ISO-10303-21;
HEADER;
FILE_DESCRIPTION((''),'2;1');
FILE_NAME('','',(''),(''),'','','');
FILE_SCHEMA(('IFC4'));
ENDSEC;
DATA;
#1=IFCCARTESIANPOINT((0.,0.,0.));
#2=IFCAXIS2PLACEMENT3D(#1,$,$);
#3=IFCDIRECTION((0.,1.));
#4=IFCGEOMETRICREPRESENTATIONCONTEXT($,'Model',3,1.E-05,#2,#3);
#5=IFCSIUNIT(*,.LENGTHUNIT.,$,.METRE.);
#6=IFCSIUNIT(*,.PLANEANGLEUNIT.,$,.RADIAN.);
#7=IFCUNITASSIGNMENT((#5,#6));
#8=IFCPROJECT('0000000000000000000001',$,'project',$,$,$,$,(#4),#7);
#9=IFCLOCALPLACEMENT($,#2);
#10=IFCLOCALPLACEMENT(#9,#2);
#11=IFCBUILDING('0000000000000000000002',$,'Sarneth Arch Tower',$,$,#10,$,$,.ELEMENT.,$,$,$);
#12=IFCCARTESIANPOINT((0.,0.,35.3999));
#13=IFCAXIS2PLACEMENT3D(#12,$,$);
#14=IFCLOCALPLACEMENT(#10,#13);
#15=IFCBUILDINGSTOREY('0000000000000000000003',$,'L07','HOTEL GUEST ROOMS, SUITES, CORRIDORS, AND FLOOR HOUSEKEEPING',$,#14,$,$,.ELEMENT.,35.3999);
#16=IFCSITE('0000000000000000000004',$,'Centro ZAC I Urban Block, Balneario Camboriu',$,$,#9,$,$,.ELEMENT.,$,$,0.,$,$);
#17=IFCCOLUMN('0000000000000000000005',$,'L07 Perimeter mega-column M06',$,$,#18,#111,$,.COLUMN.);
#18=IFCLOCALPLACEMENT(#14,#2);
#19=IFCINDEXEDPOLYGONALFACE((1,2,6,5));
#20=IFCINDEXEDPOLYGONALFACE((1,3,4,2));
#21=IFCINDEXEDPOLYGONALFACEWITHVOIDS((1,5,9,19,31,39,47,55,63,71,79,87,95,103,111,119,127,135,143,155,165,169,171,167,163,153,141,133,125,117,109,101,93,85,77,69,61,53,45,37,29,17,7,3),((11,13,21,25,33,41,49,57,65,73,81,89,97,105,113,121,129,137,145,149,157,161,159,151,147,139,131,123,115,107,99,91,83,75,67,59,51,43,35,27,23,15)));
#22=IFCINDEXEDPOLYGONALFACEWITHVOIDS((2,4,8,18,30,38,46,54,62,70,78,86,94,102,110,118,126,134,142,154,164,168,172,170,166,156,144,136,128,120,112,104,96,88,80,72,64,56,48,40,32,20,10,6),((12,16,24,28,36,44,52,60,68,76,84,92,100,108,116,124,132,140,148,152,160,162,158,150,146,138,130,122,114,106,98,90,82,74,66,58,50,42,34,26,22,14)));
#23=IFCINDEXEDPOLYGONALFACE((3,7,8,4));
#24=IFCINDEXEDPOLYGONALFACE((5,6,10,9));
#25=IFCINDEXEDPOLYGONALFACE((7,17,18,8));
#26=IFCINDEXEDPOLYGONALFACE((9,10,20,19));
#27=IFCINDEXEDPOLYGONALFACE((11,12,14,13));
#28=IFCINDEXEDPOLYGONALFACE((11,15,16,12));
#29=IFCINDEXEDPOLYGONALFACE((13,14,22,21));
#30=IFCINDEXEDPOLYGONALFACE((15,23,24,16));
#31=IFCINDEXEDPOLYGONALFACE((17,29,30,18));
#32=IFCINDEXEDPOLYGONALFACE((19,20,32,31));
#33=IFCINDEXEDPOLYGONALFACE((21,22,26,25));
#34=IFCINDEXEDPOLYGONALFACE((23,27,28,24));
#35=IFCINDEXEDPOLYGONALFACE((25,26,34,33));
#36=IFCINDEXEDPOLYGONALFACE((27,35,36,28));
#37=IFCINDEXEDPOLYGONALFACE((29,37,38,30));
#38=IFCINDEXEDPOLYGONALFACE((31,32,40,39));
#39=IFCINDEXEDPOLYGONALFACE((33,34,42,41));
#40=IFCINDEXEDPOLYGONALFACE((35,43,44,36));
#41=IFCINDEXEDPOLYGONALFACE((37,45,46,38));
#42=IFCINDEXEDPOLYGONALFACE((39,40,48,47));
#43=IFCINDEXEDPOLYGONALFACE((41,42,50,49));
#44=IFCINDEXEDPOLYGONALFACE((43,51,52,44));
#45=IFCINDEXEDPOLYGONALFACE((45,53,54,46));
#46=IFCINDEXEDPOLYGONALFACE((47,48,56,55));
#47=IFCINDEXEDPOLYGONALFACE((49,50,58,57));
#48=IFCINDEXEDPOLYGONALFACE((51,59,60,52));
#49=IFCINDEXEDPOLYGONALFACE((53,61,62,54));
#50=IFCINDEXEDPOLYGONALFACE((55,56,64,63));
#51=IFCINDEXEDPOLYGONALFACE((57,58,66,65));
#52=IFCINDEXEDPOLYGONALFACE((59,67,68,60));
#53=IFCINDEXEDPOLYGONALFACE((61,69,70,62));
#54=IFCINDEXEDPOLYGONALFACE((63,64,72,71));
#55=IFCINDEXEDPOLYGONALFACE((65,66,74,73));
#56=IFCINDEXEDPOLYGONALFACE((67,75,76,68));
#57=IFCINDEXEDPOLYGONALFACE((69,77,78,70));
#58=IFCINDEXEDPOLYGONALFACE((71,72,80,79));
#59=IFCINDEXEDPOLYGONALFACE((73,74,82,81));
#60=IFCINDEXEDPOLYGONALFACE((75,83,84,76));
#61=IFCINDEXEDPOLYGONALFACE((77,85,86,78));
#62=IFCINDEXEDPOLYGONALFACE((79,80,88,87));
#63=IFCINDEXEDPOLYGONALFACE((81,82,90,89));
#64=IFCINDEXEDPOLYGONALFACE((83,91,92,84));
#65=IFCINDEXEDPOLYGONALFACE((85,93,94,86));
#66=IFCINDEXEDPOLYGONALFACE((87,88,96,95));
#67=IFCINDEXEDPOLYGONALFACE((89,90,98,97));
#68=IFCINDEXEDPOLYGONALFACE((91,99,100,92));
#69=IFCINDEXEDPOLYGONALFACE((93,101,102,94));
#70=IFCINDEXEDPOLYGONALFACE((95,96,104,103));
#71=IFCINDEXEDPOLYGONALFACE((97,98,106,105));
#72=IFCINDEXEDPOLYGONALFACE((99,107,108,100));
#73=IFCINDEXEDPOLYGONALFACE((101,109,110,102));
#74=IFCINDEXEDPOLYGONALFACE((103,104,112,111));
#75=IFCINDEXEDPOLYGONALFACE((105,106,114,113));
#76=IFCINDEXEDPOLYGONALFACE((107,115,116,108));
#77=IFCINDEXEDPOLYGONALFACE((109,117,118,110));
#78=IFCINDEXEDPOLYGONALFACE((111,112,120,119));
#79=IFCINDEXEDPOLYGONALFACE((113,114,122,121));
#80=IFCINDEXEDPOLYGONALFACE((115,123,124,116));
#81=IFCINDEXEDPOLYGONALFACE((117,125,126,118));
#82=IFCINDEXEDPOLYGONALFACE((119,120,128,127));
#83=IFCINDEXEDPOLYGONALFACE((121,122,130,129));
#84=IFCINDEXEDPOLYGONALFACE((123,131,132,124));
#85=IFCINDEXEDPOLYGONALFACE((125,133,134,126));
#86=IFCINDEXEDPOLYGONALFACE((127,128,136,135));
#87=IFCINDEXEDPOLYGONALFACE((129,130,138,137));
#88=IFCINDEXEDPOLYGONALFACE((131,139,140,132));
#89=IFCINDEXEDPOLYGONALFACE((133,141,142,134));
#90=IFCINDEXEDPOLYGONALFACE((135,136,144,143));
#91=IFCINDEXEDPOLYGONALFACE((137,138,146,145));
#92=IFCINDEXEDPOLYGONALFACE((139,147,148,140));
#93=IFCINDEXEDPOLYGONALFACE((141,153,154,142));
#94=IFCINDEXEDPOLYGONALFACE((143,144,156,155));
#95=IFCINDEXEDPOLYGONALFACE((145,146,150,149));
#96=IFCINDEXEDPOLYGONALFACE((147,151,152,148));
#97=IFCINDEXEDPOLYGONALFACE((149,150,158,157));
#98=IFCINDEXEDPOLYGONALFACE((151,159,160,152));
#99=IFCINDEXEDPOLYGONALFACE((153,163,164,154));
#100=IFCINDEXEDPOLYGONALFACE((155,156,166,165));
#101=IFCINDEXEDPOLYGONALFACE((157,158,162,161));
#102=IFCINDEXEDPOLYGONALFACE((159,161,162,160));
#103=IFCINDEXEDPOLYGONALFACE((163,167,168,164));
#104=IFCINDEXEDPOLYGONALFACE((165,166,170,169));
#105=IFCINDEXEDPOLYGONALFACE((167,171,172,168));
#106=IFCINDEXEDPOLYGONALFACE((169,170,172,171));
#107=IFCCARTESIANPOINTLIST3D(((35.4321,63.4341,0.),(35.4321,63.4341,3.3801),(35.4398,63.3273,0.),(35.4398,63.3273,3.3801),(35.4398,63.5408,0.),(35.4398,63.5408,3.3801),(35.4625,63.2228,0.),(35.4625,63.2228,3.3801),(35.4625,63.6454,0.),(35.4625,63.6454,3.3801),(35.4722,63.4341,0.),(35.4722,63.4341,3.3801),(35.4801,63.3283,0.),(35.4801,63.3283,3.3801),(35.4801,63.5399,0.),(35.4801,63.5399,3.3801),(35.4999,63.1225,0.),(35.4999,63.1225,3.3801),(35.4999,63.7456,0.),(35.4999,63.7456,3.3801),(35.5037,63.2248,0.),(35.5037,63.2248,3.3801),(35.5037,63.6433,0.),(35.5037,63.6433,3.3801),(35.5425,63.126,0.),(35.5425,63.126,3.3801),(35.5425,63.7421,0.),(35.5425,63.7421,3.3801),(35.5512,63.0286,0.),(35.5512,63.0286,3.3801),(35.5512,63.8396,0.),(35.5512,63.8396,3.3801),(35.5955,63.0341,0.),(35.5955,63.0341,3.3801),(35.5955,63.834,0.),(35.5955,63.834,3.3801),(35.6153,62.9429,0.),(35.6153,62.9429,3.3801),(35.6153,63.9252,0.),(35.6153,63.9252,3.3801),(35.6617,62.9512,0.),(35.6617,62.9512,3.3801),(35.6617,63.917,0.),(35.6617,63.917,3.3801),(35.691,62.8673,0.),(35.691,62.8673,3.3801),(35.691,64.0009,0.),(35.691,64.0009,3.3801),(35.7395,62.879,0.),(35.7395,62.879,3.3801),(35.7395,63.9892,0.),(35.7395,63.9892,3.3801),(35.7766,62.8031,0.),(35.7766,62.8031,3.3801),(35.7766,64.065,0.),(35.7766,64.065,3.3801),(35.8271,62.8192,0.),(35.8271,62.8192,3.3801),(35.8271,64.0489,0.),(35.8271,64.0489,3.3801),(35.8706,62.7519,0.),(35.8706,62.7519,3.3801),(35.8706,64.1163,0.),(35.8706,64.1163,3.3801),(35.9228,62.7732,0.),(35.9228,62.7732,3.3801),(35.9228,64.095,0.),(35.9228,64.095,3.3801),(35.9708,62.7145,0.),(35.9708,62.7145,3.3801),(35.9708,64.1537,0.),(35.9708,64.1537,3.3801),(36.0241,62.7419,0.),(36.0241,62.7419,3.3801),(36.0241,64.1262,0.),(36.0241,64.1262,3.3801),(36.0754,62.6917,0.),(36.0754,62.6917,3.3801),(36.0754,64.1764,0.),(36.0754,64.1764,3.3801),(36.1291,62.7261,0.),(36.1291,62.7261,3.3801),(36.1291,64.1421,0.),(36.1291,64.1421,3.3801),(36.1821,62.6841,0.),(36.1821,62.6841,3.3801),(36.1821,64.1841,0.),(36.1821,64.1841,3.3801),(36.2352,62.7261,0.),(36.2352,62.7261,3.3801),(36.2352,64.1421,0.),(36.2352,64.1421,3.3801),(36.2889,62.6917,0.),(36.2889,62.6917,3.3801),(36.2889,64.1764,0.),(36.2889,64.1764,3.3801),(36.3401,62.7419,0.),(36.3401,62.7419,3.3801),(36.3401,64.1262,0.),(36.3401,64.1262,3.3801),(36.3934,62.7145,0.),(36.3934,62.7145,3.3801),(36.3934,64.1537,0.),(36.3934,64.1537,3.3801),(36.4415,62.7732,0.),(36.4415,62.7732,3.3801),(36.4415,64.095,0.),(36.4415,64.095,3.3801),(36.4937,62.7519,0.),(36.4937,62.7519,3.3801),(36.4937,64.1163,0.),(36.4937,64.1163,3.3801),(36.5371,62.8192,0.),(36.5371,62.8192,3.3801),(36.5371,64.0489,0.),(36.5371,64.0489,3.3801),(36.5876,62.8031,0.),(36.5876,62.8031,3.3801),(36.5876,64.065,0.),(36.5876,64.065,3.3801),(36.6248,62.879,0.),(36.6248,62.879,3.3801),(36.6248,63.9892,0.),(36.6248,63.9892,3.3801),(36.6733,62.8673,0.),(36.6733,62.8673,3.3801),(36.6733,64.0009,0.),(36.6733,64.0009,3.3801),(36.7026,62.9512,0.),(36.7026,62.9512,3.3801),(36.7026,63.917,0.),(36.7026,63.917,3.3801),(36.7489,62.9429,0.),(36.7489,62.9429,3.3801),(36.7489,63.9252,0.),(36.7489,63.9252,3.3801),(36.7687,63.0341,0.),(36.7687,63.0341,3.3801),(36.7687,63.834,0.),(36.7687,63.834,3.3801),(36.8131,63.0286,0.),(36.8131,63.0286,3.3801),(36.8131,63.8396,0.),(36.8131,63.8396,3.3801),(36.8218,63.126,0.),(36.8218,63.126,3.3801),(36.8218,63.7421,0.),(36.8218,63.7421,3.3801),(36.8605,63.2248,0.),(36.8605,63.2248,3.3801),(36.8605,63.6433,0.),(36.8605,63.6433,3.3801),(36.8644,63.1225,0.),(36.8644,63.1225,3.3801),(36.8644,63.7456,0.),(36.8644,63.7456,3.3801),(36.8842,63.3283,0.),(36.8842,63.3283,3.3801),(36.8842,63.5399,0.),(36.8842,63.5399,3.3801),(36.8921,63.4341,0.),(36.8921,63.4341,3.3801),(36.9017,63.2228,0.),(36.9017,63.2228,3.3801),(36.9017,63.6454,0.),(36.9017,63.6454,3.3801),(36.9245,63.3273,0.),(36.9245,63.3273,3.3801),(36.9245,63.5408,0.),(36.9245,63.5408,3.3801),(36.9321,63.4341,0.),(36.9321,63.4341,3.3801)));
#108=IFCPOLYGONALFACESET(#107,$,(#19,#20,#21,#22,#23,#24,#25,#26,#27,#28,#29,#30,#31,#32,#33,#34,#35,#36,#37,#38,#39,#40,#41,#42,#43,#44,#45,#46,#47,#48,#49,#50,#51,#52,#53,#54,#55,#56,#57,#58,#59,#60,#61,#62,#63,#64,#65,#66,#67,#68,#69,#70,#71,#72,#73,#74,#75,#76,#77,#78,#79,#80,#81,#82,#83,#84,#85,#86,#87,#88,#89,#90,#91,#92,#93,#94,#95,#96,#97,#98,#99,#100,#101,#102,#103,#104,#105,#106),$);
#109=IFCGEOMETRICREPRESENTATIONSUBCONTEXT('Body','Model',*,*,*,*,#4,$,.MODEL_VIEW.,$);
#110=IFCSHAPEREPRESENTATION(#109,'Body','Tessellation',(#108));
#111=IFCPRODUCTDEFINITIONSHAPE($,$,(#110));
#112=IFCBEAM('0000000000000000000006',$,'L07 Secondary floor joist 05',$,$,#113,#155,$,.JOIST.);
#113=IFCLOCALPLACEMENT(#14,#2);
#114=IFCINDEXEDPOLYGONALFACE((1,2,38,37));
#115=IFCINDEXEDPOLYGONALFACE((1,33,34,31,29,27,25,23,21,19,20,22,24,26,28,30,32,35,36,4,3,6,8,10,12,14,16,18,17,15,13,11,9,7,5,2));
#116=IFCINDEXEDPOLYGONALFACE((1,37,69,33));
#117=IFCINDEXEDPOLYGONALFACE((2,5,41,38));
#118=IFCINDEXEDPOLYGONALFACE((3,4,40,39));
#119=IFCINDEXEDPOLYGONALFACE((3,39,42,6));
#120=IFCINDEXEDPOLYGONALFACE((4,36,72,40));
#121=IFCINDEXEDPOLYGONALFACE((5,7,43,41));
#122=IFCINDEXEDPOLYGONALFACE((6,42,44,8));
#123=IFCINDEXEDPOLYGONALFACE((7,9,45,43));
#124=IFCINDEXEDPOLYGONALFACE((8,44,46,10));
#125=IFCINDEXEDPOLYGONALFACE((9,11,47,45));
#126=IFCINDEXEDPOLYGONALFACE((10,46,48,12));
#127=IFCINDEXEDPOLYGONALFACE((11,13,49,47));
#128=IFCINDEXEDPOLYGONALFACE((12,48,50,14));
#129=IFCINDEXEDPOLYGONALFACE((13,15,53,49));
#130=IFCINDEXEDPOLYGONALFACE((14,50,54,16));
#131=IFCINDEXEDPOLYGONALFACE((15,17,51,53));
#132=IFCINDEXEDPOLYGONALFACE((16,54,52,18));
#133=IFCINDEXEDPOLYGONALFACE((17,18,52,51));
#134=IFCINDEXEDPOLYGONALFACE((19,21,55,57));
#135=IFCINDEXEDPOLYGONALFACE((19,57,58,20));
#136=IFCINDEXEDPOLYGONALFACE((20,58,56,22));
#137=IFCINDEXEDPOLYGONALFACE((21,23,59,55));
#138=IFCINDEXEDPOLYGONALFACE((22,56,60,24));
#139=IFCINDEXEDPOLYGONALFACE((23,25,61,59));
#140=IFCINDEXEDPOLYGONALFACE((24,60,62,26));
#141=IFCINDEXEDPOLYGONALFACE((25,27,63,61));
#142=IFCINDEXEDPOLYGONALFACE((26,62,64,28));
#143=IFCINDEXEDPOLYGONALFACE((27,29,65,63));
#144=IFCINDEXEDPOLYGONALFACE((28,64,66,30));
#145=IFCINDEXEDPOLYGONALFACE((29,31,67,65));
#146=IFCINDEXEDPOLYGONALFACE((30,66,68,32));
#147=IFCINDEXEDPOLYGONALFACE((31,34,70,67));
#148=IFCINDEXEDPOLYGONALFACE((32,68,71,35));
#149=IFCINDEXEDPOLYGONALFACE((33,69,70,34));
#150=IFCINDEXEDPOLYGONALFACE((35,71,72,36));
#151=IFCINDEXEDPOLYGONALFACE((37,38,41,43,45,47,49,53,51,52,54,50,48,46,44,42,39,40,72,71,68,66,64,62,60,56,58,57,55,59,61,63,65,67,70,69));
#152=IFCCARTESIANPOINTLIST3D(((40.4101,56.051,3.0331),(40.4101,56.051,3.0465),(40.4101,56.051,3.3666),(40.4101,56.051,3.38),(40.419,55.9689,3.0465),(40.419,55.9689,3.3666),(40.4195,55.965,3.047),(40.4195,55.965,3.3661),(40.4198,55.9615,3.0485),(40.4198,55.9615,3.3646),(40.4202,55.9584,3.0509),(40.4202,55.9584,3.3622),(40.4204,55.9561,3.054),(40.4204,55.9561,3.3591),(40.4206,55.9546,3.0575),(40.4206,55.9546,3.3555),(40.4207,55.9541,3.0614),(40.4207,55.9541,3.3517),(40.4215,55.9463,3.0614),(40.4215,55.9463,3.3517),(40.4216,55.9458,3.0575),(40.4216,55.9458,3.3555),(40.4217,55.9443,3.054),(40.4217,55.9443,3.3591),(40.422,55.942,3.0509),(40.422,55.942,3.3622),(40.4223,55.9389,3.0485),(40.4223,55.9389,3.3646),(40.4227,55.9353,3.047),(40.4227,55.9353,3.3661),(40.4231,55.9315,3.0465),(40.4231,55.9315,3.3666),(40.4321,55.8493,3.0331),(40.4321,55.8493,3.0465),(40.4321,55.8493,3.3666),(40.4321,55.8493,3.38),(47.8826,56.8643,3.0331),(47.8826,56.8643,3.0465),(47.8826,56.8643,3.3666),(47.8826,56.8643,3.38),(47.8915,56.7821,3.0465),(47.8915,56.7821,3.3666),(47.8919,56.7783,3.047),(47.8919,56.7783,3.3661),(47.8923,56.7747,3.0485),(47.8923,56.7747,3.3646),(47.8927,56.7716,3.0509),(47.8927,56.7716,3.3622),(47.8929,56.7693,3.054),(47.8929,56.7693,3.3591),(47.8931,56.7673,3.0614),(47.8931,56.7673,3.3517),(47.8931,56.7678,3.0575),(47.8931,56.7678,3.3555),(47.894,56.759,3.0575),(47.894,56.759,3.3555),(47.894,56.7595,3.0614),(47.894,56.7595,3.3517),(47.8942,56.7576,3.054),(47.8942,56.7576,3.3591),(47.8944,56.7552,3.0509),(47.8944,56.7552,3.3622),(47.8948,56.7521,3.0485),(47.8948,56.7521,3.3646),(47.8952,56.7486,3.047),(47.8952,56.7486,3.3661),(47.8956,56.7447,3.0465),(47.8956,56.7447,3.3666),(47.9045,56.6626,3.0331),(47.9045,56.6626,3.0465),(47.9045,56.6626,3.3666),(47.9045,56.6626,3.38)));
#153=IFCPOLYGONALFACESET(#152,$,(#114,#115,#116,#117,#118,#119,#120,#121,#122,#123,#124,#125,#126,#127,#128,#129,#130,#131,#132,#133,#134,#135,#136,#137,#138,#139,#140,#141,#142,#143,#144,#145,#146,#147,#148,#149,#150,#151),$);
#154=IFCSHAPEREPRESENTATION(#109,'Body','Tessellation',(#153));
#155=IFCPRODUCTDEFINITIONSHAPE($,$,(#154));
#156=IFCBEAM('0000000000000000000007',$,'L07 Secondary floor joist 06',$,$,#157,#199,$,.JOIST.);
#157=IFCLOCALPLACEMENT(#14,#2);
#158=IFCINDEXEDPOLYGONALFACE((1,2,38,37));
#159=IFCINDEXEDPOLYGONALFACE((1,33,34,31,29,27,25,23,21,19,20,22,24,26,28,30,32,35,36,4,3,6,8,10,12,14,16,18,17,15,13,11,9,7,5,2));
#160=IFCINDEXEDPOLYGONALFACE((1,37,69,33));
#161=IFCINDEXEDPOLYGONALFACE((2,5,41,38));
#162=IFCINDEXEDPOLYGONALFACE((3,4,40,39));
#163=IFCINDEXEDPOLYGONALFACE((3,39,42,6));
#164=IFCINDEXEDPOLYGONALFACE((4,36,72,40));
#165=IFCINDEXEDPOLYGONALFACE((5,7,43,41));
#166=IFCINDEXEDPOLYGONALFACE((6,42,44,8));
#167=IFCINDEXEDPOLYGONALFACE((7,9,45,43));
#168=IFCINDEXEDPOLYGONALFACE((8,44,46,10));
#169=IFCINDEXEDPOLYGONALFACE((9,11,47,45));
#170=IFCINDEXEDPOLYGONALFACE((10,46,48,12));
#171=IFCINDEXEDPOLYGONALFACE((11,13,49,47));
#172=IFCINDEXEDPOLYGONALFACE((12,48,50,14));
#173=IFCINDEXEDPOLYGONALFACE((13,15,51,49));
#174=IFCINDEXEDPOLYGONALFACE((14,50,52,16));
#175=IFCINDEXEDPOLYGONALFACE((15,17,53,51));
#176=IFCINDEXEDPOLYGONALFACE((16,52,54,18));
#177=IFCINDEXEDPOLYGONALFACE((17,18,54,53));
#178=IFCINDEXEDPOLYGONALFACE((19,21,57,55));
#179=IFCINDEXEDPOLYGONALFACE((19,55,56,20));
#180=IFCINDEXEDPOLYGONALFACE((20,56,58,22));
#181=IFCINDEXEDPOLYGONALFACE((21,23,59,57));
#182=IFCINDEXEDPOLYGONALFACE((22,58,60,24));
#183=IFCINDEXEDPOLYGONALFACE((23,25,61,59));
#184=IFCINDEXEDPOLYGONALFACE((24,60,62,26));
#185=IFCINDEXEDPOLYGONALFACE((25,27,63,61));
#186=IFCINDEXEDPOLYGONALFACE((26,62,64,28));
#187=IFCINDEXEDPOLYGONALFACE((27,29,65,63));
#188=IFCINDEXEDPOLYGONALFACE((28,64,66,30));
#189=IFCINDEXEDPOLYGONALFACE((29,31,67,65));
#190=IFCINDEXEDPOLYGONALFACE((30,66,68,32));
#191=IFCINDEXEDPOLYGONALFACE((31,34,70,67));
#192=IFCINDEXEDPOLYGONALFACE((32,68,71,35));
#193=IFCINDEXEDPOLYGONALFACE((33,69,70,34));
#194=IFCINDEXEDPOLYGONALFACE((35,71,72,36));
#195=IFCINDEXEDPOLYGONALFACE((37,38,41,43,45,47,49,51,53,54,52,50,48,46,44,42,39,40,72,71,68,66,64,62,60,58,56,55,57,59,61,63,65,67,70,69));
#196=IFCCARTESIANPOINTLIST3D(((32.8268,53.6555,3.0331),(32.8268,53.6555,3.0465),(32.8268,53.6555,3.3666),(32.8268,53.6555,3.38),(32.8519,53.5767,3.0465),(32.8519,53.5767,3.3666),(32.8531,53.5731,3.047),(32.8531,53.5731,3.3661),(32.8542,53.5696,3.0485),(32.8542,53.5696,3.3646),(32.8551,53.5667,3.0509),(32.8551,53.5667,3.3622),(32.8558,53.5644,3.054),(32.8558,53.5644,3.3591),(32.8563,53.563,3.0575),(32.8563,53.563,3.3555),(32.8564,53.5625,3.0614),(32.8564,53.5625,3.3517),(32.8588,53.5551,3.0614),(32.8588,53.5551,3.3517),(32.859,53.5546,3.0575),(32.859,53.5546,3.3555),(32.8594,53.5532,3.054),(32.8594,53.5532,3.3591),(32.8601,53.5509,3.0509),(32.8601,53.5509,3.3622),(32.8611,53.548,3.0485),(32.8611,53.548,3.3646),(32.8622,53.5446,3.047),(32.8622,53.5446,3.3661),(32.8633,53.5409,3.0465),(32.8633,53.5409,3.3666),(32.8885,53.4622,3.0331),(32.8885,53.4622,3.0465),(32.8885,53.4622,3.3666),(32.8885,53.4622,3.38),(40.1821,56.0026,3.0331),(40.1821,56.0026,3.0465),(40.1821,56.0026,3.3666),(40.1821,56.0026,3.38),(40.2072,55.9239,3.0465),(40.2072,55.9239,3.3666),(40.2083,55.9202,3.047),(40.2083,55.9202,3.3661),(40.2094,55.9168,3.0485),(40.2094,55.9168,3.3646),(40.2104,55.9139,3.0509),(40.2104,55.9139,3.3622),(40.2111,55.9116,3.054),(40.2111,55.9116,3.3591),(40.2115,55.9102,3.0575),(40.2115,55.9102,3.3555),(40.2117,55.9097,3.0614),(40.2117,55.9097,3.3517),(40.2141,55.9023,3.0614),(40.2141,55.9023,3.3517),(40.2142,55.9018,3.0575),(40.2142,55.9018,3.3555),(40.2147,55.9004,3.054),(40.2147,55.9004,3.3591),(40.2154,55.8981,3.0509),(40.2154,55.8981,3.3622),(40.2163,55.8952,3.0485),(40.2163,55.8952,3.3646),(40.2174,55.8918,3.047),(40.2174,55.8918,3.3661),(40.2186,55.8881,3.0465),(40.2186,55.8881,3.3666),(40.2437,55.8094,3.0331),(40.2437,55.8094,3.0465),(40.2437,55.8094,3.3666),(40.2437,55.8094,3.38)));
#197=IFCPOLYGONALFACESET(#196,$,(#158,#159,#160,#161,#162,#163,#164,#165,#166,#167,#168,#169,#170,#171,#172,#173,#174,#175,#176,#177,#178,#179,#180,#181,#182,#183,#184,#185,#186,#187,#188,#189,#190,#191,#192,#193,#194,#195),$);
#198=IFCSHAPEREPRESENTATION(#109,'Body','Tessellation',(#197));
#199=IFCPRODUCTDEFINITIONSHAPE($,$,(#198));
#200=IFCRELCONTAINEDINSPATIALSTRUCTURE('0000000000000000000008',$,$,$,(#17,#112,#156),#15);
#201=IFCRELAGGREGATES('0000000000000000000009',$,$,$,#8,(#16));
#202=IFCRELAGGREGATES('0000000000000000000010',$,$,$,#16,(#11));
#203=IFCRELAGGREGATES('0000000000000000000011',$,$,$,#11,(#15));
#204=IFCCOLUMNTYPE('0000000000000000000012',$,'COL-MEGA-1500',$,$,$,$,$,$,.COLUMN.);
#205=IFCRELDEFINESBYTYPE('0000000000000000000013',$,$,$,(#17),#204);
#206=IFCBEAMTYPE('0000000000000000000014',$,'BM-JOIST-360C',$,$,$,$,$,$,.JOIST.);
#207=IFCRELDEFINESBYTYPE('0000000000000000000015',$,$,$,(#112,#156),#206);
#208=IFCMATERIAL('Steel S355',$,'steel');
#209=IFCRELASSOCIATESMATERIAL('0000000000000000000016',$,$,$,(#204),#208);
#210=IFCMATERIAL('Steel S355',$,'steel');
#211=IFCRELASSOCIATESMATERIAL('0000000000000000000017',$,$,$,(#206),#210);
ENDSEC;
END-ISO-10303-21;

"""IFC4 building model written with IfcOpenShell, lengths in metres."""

from ifc_helpers import new_model, si_unit, direction, frame, origin, origin_2d, place, context, subcontext, project, spatial, hollow_circle, i_section, extrude, material, material_profile, profile_set, type_object, element, save


model = new_model("IFC4")

# Units and contexts
model_context = context("Model", 3, precision=1e-05, world=origin(), true_north=direction((0.0, 1.0)))
body_context = subcontext(model_context, "Body", "Model", "MODEL_VIEW")
ifc_project = project(units=[si_unit("LENGTHUNIT", "METRE"), si_unit("PLANEANGLEUNIT", "RADIAN")], contexts=[model_context])

# Site, building, storey
site_placement = place(None, origin())
site = spatial("IfcSite", under=ifc_project, at=site_placement, Name="Centro ZAC I Urban Block, Balneario Camboriu", CompositionType="ELEMENT", RefElevation=0.0)
building_placement = place(site_placement, origin())
building = spatial("IfcBuilding", under=site, at=building_placement, Name="Sarneth Arch Tower", CompositionType="ELEMENT")
storey_placement = place(building_placement, frame((0.0, 0.0, 35.3999)))
storey = spatial("IfcBuildingStorey", under=building, at=storey_placement, Name="L07", Description="HOTEL GUEST ROOMS, SUITES, CORRIDORS, AND FLOOR HOUSEKEEPING", CompositionType="ELEMENT", Elevation=35.3999)

# Column
ifc_material_1 = material(Name="Steel S355", Category="steel")
ifc_material_profile_1 = material_profile(ifc_material_1, hollow_circle(Radius=0.75, WallThickness=0.04, at=origin_2d()), Name="CHS1500x40")
ifc_profile_set_1 = profile_set([ifc_material_profile_1], Name="Steel S355")
column_type = type_object("IfcColumnType", Name="COL-MEGA-1500", PredefinedType="COLUMN", material=ifc_profile_set_1)
column_placement = place(storey_placement, frame((36.1821, 63.4341, 0.0), z_axis=(0.0, 0.0, 1.0), x_axis=(1.0, 0.0, 0.0)))
element("IfcColumn", 1, at=column_placement, inside=storey, type_object=column_type, Name="L07 Perimeter mega-column M06", PredefinedType="COLUMN", context=body_context, shape_type="SweptSolid", body=[
    extrude(hollow_circle(Radius=0.75, WallThickness=0.04, at=origin_2d()), origin(), (0.0, 0.0, 1.0), 3.3801),
])

# Beams
ifc_material_2 = material(Name="Steel S355", Category="steel")
ifc_material_profile_2 = material_profile(ifc_material_2, i_section(OverallWidth=0.2029, OverallDepth=0.3469, WebThickness=0.0078, FlangeThickness=0.0134, FilletRadius=0.0149, at=origin_2d()), Name="W360x64")
ifc_profile_set_2 = profile_set([ifc_material_profile_2], Name="Steel S355")
beam_type_1 = type_object("IfcBeamType", Name="BM-JOIST-360C", PredefinedType="JOIST", material=ifc_profile_set_2)
beam_1_placement = place(storey_placement, frame((47.8936, 56.7634, 3.2065), z_axis=(-0.99413, -0.108192, 0.0), x_axis=(0.108192, -0.99413, 0.0)))
element("IfcBeam", 2, at=beam_1_placement, inside=storey, type_object=beam_type_1, Name="L07 Secondary floor joist 05", PredefinedType="JOIST", context=body_context, shape_type="SweptSolid", body=[
    extrude(i_section(OverallWidth=0.2029, OverallDepth=0.3469, WebThickness=0.0078, FlangeThickness=0.0134, FilletRadius=0.0149, at=origin_2d()), origin(), (0.0, 0.0, 1.0), 7.5166),
])
beam_2_placement = place(storey_placement, frame((40.2129, 55.906, 3.2065), z_axis=(-0.952668, -0.304011, 0.0), x_axis=(0.304011, -0.952668, 0.0)))
element("IfcBeam", 3, at=beam_2_placement, inside=storey, type_object=beam_type_1, Name="L07 Secondary floor joist 06", PredefinedType="JOIST", context=body_context, shape_type="SweptSolid", body=[
    extrude(i_section(OverallWidth=0.2029, OverallDepth=0.3469, WebThickness=0.0078, FlangeThickness=0.0134, FilletRadius=0.0149, at=origin_2d()), origin(), (0.0, 0.0, 1.0), 7.7207),
])

save(model, "model.ifc")
